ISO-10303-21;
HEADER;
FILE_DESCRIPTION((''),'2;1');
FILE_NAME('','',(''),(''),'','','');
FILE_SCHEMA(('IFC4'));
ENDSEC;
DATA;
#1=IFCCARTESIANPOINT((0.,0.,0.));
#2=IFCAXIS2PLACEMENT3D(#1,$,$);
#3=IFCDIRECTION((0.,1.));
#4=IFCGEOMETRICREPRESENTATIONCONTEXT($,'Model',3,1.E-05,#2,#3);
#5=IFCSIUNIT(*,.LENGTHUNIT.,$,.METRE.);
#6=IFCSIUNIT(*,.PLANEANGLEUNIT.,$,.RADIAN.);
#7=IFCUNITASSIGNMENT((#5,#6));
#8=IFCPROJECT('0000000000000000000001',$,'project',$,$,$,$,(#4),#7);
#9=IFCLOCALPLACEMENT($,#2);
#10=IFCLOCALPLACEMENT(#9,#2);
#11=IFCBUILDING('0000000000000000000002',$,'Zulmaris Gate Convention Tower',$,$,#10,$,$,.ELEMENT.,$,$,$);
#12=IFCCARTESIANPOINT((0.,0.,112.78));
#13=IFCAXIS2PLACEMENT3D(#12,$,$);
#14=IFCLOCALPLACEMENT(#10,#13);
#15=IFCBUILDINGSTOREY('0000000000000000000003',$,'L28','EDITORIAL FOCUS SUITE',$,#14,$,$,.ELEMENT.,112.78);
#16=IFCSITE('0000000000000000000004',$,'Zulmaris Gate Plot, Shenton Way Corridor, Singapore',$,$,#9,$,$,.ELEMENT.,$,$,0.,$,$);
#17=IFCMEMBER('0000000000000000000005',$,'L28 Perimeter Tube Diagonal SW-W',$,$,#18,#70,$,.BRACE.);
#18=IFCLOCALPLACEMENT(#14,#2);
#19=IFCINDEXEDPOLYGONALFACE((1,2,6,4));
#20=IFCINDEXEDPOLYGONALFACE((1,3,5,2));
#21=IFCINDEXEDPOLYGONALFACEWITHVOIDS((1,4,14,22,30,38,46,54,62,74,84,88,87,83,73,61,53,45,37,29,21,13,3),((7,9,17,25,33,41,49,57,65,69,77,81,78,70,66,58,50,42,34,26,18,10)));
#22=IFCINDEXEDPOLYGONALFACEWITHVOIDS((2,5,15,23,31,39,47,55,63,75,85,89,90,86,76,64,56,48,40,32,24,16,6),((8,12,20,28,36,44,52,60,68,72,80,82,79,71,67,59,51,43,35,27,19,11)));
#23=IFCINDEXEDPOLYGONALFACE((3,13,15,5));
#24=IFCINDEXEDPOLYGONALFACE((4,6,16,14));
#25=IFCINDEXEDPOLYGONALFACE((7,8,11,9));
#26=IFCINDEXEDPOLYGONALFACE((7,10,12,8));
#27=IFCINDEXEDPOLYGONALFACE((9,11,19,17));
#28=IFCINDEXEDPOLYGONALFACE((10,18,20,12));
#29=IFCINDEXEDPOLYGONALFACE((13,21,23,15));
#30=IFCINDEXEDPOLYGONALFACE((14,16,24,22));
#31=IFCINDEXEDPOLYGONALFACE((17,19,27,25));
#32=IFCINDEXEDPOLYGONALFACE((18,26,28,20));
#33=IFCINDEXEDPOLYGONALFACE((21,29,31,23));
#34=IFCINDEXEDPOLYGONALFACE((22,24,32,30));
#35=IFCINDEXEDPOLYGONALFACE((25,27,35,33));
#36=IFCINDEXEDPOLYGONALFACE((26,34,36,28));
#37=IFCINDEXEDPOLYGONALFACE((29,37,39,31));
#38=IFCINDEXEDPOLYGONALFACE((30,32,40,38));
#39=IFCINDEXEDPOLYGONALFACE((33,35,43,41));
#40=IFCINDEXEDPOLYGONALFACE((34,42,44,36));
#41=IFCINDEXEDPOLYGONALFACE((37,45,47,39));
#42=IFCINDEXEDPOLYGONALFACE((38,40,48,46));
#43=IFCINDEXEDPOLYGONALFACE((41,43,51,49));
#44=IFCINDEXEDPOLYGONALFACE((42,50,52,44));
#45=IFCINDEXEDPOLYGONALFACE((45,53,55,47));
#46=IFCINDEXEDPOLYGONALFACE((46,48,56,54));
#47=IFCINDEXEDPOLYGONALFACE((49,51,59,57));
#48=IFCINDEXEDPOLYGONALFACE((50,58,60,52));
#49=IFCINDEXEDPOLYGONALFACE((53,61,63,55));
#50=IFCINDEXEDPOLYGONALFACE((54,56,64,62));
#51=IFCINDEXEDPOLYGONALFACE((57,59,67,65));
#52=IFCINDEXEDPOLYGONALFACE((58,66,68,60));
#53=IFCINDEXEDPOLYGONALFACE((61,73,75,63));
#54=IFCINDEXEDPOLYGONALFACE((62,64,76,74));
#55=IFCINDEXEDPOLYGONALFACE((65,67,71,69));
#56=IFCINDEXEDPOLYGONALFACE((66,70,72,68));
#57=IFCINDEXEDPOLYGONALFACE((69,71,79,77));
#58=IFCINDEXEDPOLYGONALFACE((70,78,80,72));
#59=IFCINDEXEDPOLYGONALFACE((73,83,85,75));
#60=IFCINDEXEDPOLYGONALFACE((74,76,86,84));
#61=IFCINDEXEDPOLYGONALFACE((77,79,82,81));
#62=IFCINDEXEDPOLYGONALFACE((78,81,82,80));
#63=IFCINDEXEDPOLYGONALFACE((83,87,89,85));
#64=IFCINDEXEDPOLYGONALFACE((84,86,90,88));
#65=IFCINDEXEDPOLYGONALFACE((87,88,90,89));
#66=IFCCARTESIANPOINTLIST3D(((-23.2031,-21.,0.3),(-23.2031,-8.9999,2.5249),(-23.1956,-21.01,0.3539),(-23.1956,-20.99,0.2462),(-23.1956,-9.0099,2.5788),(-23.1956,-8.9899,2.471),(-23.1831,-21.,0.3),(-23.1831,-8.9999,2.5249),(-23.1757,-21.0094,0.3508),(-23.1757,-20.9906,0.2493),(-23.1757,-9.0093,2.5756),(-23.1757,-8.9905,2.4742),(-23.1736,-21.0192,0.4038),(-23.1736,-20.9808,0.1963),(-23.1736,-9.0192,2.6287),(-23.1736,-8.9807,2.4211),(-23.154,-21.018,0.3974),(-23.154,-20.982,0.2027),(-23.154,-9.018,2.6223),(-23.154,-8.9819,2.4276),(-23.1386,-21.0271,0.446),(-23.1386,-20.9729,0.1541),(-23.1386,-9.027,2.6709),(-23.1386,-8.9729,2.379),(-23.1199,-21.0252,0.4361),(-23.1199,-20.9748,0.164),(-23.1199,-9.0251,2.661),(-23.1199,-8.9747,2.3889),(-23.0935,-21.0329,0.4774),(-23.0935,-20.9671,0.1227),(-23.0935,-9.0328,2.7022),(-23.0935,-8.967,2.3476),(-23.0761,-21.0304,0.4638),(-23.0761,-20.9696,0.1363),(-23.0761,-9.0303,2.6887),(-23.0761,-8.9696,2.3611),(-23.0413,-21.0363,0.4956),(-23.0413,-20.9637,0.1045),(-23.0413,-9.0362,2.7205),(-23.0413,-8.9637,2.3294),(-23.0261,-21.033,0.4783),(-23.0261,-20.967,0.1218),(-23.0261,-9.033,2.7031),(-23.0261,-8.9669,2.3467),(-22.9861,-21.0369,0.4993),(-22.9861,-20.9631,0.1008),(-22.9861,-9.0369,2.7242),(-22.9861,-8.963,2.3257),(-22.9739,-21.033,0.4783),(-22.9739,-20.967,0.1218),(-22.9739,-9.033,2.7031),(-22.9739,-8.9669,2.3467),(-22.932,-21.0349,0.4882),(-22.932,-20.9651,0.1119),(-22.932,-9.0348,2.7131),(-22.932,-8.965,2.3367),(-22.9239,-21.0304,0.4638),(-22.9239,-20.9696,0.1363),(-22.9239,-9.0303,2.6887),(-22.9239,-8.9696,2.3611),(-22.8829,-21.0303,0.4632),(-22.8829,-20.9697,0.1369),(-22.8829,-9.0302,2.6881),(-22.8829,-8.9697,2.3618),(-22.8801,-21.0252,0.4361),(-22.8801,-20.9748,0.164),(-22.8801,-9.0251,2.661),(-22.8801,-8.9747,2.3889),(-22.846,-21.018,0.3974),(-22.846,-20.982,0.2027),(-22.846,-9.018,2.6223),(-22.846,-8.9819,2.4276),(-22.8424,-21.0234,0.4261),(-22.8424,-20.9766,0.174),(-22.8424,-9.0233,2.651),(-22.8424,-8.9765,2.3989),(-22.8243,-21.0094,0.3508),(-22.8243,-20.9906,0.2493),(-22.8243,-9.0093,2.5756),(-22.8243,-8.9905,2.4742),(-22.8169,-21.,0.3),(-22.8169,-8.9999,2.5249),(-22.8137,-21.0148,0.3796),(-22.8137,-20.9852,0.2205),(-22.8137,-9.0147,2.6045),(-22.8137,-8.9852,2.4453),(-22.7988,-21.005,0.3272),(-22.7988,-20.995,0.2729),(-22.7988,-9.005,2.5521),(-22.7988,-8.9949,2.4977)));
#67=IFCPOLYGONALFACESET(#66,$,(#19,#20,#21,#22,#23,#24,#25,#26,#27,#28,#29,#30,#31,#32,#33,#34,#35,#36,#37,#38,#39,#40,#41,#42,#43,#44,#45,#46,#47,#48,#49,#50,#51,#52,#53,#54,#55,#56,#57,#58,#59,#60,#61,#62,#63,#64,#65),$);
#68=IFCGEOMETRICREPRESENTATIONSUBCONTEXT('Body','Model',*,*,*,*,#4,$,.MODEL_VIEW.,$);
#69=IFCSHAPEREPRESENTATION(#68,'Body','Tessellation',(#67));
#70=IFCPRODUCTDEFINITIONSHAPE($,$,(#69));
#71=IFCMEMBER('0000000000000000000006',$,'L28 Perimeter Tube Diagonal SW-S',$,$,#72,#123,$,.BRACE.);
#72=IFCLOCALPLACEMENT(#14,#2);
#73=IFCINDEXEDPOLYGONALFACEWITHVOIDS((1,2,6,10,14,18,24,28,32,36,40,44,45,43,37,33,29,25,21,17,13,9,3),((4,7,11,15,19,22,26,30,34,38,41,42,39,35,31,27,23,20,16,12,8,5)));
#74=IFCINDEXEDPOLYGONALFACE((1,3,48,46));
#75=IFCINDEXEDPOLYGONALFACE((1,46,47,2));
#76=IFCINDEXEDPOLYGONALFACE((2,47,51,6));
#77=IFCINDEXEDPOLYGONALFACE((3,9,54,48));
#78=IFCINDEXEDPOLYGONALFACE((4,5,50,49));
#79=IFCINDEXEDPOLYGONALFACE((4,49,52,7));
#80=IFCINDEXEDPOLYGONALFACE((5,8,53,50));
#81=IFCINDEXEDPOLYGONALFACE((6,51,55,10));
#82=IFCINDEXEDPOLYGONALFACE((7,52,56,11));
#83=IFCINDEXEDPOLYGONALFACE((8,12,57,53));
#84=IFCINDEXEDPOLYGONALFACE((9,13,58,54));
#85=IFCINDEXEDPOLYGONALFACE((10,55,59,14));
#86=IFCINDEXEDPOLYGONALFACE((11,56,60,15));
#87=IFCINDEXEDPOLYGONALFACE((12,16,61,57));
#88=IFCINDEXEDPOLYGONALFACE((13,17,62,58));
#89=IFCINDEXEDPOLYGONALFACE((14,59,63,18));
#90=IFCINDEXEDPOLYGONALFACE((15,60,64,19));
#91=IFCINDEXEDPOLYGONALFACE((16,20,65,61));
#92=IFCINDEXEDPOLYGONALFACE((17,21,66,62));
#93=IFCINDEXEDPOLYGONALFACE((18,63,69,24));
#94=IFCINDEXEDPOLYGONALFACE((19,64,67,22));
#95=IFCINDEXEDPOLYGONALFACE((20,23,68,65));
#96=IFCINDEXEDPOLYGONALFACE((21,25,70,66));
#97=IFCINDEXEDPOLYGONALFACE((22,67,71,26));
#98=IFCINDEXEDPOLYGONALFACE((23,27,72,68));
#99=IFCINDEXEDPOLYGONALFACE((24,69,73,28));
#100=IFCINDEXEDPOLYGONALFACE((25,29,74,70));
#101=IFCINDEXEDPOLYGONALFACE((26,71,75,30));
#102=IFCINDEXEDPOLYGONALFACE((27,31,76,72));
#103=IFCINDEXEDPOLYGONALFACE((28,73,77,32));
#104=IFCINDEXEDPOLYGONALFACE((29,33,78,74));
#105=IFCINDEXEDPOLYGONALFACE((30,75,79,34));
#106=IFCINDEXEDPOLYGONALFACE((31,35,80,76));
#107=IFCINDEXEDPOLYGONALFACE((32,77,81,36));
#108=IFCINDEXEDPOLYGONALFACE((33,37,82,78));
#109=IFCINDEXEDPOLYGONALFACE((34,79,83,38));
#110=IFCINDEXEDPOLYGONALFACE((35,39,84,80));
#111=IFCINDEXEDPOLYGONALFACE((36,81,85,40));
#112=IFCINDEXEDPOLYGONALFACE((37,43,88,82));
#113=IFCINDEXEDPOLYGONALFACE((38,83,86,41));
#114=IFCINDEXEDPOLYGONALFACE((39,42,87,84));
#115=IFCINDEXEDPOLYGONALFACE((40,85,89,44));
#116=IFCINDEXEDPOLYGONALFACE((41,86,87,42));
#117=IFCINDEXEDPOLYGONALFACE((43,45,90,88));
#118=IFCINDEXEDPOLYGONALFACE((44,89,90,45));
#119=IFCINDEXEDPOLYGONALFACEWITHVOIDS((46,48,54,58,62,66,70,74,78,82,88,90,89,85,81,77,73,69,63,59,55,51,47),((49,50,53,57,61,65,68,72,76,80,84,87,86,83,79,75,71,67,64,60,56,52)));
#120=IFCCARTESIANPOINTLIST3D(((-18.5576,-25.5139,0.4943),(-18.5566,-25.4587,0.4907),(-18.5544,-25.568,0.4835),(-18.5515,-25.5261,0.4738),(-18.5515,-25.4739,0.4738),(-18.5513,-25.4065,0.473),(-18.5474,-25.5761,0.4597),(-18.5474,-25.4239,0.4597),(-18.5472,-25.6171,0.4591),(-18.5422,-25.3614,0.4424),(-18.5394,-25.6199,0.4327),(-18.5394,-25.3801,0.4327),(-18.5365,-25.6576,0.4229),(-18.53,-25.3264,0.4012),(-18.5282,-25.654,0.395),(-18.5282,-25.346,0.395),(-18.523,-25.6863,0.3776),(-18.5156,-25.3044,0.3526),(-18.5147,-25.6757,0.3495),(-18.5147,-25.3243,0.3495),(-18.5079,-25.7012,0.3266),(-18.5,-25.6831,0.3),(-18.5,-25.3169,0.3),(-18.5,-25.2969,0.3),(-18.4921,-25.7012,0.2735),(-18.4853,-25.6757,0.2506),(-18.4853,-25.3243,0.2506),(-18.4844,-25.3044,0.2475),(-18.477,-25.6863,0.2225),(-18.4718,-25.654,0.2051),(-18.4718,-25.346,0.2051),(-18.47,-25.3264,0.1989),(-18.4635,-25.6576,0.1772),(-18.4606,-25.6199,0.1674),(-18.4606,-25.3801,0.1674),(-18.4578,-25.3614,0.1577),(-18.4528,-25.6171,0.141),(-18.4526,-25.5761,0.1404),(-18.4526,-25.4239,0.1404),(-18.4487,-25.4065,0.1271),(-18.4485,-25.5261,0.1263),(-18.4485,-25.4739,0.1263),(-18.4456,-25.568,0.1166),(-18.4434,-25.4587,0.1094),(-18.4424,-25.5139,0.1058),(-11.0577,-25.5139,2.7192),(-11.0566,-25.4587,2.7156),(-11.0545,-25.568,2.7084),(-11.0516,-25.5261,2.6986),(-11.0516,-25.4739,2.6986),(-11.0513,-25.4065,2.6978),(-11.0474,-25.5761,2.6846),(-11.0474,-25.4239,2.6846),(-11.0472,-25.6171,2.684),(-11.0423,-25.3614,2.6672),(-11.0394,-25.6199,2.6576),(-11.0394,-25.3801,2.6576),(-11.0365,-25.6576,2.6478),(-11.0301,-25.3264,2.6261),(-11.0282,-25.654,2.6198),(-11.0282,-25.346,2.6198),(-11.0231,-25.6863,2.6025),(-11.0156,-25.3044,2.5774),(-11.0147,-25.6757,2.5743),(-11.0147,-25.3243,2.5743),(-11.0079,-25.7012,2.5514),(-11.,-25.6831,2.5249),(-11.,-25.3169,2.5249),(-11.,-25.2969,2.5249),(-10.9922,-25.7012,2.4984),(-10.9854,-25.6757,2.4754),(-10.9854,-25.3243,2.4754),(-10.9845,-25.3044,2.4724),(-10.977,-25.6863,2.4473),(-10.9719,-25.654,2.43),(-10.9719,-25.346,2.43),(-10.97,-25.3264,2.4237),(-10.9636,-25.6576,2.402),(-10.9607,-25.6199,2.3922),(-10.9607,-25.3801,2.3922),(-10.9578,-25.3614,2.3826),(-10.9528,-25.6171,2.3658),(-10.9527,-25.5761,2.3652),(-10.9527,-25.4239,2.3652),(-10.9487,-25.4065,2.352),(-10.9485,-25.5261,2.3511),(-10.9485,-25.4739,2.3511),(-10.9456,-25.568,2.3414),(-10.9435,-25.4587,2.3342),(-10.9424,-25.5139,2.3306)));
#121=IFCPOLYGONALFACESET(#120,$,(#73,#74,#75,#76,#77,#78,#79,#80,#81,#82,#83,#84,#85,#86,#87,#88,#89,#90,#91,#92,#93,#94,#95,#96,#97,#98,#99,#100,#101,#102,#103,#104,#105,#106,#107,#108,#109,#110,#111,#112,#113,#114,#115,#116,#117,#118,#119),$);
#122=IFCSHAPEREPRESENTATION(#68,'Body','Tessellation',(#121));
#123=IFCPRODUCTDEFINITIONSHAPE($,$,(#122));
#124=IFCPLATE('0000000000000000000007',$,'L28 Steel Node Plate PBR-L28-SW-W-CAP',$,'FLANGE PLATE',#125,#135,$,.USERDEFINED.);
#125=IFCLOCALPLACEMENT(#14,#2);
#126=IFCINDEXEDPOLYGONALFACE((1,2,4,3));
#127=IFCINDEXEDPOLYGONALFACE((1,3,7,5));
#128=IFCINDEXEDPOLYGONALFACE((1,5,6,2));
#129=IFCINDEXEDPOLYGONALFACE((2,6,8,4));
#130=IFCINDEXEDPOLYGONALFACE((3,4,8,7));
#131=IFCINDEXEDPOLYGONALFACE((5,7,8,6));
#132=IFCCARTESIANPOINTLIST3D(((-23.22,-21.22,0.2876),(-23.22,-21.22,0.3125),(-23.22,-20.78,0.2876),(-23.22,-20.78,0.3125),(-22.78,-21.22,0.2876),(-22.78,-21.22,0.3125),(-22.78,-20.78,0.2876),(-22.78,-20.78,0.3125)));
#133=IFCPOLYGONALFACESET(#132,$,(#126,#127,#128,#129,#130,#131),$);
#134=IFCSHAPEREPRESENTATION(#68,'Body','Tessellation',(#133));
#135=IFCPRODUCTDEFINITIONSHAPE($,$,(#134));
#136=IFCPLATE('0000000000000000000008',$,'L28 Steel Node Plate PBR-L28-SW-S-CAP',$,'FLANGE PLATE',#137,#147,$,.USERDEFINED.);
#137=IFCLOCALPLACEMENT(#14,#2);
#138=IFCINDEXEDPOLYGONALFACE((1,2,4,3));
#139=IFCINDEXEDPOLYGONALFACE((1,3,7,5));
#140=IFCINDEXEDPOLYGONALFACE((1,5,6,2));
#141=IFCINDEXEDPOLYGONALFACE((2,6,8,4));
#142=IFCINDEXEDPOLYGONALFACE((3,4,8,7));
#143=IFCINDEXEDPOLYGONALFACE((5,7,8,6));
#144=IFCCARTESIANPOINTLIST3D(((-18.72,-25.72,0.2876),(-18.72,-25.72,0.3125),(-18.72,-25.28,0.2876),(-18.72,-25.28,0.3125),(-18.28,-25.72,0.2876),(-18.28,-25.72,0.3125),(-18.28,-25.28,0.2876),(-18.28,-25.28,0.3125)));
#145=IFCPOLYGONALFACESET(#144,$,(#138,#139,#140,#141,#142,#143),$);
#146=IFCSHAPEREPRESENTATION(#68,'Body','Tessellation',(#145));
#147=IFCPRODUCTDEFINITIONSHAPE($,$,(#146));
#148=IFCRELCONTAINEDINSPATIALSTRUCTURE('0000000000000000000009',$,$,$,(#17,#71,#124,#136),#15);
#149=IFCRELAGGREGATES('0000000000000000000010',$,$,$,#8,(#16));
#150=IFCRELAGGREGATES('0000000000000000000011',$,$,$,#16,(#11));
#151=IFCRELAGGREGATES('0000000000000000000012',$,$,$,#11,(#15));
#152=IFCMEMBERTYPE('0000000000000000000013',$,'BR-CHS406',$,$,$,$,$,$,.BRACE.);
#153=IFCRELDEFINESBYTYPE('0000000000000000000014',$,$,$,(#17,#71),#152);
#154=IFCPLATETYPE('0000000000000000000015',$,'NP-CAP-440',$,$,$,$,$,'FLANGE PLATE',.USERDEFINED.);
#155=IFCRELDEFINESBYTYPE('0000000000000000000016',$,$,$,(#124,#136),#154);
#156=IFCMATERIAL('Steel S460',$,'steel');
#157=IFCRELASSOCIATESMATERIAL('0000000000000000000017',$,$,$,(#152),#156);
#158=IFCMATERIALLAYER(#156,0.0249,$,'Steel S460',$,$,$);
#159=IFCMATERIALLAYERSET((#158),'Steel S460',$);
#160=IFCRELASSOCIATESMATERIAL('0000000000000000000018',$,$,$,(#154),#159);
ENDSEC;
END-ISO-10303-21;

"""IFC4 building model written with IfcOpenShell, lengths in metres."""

from ifc_helpers import new_model, si_unit, direction, frame, origin, origin_2d, place, context, subcontext, project, spatial, rectangle, hollow_circle, extrude, material, layer, layer_set, material_profile, profile_set, type_object, element, save


model = new_model("IFC4")

# Units and contexts
model_context = context("Model", 3, precision=1e-05, world=origin(), true_north=direction((0.0, 1.0)))
body_context = subcontext(model_context, "Body", "Model", "MODEL_VIEW")
ifc_project = project(units=[si_unit("LENGTHUNIT", "METRE"), si_unit("PLANEANGLEUNIT", "RADIAN")], contexts=[model_context])

# Site, building, storey
site_placement = place(None, origin())
site = spatial("IfcSite", under=ifc_project, at=site_placement, Name="Zulmaris Gate Plot, Shenton Way Corridor, Singapore", CompositionType="ELEMENT", RefElevation=0.0)
building_placement = place(site_placement, origin())
building = spatial("IfcBuilding", under=site, at=building_placement, Name="Zulmaris Gate Convention Tower", CompositionType="ELEMENT")
storey_placement = place(building_placement, frame((0.0, 0.0, 112.78)))
storey = spatial("IfcBuildingStorey", under=building, at=storey_placement, Name="L28", Description="EDITORIAL FOCUS SUITE", CompositionType="ELEMENT", Elevation=112.78)

# Members
ifc_material_1 = material(Name="Steel S460", Category="steel")
ifc_material_profile_1 = material_profile(ifc_material_1, hollow_circle(Radius=0.2031, WallThickness=0.02, at=origin_2d()), Name="CHS 406.4x20")
ifc_profile_set_1 = profile_set([ifc_material_profile_1], Name="Steel S460")
member_type = type_object("IfcMemberType", Name="BR-CHS406", PredefinedType="BRACE", material=ifc_profile_set_1)
member_1_placement = place(storey_placement, frame((-23.0, -21.0, 0.3), z_axis=(0.0, 0.983243, 0.182298), x_axis=(-1.0, 0.0, 0.0)))
element("IfcMember", 1, at=member_1_placement, inside=storey, type_object=member_type, Name="L28 Perimeter Tube Diagonal SW-W", PredefinedType="BRACE", context=body_context, shape_type="SweptSolid", body=[
    extrude(hollow_circle(Radius=0.2031, WallThickness=0.02, at=origin_2d()), origin(), (0.0, 0.0, 1.0), 12.2046),
])
member_2_placement = place(storey_placement, frame((-18.5, -25.5, 0.3), z_axis=(0.958706, 0.0, 0.284398), x_axis=(0.0, 1.0, 0.0)))
element("IfcMember", 2, at=member_2_placement, inside=storey, type_object=member_type, Name="L28 Perimeter Tube Diagonal SW-S", PredefinedType="BRACE", context=body_context, shape_type="SweptSolid", body=[
    extrude(hollow_circle(Radius=0.2031, WallThickness=0.02, at=origin_2d()), origin(), (0.0, 0.0, 1.0), 7.823),
])

# Plates
ifc_layer_1 = layer(ifc_material_1, 0.0249, Name="Steel S460")
ifc_layer_set_1 = layer_set([ifc_layer_1], Name="Steel S460")
plate_type = type_object("IfcPlateType", Name="NP-CAP-440", ElementType="FLANGE PLATE", PredefinedType="USERDEFINED", material=ifc_layer_set_1)
for number, where, z_axis, x_axis, name in (
    (3, (-23.0, -21.0, 0.2876), (0.0, 0.0, 1.0), (1.0, 0.0, 0.0), "L28 Steel Node Plate PBR-L28-SW-W-CAP"),
    (4, (-18.5, -25.5, 0.2876), (0.0, 0.0, 1.0), (1.0, 0.0, 0.0), "L28 Steel Node Plate PBR-L28-SW-S-CAP"),
):
    element("IfcPlate", number, at=place(storey_placement, frame(where, z_axis=z_axis, x_axis=x_axis)), inside=storey, type_object=plate_type, Name=name, ObjectType="FLANGE PLATE", PredefinedType="USERDEFINED", context=body_context, shape_type="SweptSolid", body=[
        extrude(rectangle(XDim=0.4399, YDim=0.4399, at=origin_2d()), origin(), (0.0, 0.0, 1.0), 0.0249),
    ])

save(model, "model.ifc")
